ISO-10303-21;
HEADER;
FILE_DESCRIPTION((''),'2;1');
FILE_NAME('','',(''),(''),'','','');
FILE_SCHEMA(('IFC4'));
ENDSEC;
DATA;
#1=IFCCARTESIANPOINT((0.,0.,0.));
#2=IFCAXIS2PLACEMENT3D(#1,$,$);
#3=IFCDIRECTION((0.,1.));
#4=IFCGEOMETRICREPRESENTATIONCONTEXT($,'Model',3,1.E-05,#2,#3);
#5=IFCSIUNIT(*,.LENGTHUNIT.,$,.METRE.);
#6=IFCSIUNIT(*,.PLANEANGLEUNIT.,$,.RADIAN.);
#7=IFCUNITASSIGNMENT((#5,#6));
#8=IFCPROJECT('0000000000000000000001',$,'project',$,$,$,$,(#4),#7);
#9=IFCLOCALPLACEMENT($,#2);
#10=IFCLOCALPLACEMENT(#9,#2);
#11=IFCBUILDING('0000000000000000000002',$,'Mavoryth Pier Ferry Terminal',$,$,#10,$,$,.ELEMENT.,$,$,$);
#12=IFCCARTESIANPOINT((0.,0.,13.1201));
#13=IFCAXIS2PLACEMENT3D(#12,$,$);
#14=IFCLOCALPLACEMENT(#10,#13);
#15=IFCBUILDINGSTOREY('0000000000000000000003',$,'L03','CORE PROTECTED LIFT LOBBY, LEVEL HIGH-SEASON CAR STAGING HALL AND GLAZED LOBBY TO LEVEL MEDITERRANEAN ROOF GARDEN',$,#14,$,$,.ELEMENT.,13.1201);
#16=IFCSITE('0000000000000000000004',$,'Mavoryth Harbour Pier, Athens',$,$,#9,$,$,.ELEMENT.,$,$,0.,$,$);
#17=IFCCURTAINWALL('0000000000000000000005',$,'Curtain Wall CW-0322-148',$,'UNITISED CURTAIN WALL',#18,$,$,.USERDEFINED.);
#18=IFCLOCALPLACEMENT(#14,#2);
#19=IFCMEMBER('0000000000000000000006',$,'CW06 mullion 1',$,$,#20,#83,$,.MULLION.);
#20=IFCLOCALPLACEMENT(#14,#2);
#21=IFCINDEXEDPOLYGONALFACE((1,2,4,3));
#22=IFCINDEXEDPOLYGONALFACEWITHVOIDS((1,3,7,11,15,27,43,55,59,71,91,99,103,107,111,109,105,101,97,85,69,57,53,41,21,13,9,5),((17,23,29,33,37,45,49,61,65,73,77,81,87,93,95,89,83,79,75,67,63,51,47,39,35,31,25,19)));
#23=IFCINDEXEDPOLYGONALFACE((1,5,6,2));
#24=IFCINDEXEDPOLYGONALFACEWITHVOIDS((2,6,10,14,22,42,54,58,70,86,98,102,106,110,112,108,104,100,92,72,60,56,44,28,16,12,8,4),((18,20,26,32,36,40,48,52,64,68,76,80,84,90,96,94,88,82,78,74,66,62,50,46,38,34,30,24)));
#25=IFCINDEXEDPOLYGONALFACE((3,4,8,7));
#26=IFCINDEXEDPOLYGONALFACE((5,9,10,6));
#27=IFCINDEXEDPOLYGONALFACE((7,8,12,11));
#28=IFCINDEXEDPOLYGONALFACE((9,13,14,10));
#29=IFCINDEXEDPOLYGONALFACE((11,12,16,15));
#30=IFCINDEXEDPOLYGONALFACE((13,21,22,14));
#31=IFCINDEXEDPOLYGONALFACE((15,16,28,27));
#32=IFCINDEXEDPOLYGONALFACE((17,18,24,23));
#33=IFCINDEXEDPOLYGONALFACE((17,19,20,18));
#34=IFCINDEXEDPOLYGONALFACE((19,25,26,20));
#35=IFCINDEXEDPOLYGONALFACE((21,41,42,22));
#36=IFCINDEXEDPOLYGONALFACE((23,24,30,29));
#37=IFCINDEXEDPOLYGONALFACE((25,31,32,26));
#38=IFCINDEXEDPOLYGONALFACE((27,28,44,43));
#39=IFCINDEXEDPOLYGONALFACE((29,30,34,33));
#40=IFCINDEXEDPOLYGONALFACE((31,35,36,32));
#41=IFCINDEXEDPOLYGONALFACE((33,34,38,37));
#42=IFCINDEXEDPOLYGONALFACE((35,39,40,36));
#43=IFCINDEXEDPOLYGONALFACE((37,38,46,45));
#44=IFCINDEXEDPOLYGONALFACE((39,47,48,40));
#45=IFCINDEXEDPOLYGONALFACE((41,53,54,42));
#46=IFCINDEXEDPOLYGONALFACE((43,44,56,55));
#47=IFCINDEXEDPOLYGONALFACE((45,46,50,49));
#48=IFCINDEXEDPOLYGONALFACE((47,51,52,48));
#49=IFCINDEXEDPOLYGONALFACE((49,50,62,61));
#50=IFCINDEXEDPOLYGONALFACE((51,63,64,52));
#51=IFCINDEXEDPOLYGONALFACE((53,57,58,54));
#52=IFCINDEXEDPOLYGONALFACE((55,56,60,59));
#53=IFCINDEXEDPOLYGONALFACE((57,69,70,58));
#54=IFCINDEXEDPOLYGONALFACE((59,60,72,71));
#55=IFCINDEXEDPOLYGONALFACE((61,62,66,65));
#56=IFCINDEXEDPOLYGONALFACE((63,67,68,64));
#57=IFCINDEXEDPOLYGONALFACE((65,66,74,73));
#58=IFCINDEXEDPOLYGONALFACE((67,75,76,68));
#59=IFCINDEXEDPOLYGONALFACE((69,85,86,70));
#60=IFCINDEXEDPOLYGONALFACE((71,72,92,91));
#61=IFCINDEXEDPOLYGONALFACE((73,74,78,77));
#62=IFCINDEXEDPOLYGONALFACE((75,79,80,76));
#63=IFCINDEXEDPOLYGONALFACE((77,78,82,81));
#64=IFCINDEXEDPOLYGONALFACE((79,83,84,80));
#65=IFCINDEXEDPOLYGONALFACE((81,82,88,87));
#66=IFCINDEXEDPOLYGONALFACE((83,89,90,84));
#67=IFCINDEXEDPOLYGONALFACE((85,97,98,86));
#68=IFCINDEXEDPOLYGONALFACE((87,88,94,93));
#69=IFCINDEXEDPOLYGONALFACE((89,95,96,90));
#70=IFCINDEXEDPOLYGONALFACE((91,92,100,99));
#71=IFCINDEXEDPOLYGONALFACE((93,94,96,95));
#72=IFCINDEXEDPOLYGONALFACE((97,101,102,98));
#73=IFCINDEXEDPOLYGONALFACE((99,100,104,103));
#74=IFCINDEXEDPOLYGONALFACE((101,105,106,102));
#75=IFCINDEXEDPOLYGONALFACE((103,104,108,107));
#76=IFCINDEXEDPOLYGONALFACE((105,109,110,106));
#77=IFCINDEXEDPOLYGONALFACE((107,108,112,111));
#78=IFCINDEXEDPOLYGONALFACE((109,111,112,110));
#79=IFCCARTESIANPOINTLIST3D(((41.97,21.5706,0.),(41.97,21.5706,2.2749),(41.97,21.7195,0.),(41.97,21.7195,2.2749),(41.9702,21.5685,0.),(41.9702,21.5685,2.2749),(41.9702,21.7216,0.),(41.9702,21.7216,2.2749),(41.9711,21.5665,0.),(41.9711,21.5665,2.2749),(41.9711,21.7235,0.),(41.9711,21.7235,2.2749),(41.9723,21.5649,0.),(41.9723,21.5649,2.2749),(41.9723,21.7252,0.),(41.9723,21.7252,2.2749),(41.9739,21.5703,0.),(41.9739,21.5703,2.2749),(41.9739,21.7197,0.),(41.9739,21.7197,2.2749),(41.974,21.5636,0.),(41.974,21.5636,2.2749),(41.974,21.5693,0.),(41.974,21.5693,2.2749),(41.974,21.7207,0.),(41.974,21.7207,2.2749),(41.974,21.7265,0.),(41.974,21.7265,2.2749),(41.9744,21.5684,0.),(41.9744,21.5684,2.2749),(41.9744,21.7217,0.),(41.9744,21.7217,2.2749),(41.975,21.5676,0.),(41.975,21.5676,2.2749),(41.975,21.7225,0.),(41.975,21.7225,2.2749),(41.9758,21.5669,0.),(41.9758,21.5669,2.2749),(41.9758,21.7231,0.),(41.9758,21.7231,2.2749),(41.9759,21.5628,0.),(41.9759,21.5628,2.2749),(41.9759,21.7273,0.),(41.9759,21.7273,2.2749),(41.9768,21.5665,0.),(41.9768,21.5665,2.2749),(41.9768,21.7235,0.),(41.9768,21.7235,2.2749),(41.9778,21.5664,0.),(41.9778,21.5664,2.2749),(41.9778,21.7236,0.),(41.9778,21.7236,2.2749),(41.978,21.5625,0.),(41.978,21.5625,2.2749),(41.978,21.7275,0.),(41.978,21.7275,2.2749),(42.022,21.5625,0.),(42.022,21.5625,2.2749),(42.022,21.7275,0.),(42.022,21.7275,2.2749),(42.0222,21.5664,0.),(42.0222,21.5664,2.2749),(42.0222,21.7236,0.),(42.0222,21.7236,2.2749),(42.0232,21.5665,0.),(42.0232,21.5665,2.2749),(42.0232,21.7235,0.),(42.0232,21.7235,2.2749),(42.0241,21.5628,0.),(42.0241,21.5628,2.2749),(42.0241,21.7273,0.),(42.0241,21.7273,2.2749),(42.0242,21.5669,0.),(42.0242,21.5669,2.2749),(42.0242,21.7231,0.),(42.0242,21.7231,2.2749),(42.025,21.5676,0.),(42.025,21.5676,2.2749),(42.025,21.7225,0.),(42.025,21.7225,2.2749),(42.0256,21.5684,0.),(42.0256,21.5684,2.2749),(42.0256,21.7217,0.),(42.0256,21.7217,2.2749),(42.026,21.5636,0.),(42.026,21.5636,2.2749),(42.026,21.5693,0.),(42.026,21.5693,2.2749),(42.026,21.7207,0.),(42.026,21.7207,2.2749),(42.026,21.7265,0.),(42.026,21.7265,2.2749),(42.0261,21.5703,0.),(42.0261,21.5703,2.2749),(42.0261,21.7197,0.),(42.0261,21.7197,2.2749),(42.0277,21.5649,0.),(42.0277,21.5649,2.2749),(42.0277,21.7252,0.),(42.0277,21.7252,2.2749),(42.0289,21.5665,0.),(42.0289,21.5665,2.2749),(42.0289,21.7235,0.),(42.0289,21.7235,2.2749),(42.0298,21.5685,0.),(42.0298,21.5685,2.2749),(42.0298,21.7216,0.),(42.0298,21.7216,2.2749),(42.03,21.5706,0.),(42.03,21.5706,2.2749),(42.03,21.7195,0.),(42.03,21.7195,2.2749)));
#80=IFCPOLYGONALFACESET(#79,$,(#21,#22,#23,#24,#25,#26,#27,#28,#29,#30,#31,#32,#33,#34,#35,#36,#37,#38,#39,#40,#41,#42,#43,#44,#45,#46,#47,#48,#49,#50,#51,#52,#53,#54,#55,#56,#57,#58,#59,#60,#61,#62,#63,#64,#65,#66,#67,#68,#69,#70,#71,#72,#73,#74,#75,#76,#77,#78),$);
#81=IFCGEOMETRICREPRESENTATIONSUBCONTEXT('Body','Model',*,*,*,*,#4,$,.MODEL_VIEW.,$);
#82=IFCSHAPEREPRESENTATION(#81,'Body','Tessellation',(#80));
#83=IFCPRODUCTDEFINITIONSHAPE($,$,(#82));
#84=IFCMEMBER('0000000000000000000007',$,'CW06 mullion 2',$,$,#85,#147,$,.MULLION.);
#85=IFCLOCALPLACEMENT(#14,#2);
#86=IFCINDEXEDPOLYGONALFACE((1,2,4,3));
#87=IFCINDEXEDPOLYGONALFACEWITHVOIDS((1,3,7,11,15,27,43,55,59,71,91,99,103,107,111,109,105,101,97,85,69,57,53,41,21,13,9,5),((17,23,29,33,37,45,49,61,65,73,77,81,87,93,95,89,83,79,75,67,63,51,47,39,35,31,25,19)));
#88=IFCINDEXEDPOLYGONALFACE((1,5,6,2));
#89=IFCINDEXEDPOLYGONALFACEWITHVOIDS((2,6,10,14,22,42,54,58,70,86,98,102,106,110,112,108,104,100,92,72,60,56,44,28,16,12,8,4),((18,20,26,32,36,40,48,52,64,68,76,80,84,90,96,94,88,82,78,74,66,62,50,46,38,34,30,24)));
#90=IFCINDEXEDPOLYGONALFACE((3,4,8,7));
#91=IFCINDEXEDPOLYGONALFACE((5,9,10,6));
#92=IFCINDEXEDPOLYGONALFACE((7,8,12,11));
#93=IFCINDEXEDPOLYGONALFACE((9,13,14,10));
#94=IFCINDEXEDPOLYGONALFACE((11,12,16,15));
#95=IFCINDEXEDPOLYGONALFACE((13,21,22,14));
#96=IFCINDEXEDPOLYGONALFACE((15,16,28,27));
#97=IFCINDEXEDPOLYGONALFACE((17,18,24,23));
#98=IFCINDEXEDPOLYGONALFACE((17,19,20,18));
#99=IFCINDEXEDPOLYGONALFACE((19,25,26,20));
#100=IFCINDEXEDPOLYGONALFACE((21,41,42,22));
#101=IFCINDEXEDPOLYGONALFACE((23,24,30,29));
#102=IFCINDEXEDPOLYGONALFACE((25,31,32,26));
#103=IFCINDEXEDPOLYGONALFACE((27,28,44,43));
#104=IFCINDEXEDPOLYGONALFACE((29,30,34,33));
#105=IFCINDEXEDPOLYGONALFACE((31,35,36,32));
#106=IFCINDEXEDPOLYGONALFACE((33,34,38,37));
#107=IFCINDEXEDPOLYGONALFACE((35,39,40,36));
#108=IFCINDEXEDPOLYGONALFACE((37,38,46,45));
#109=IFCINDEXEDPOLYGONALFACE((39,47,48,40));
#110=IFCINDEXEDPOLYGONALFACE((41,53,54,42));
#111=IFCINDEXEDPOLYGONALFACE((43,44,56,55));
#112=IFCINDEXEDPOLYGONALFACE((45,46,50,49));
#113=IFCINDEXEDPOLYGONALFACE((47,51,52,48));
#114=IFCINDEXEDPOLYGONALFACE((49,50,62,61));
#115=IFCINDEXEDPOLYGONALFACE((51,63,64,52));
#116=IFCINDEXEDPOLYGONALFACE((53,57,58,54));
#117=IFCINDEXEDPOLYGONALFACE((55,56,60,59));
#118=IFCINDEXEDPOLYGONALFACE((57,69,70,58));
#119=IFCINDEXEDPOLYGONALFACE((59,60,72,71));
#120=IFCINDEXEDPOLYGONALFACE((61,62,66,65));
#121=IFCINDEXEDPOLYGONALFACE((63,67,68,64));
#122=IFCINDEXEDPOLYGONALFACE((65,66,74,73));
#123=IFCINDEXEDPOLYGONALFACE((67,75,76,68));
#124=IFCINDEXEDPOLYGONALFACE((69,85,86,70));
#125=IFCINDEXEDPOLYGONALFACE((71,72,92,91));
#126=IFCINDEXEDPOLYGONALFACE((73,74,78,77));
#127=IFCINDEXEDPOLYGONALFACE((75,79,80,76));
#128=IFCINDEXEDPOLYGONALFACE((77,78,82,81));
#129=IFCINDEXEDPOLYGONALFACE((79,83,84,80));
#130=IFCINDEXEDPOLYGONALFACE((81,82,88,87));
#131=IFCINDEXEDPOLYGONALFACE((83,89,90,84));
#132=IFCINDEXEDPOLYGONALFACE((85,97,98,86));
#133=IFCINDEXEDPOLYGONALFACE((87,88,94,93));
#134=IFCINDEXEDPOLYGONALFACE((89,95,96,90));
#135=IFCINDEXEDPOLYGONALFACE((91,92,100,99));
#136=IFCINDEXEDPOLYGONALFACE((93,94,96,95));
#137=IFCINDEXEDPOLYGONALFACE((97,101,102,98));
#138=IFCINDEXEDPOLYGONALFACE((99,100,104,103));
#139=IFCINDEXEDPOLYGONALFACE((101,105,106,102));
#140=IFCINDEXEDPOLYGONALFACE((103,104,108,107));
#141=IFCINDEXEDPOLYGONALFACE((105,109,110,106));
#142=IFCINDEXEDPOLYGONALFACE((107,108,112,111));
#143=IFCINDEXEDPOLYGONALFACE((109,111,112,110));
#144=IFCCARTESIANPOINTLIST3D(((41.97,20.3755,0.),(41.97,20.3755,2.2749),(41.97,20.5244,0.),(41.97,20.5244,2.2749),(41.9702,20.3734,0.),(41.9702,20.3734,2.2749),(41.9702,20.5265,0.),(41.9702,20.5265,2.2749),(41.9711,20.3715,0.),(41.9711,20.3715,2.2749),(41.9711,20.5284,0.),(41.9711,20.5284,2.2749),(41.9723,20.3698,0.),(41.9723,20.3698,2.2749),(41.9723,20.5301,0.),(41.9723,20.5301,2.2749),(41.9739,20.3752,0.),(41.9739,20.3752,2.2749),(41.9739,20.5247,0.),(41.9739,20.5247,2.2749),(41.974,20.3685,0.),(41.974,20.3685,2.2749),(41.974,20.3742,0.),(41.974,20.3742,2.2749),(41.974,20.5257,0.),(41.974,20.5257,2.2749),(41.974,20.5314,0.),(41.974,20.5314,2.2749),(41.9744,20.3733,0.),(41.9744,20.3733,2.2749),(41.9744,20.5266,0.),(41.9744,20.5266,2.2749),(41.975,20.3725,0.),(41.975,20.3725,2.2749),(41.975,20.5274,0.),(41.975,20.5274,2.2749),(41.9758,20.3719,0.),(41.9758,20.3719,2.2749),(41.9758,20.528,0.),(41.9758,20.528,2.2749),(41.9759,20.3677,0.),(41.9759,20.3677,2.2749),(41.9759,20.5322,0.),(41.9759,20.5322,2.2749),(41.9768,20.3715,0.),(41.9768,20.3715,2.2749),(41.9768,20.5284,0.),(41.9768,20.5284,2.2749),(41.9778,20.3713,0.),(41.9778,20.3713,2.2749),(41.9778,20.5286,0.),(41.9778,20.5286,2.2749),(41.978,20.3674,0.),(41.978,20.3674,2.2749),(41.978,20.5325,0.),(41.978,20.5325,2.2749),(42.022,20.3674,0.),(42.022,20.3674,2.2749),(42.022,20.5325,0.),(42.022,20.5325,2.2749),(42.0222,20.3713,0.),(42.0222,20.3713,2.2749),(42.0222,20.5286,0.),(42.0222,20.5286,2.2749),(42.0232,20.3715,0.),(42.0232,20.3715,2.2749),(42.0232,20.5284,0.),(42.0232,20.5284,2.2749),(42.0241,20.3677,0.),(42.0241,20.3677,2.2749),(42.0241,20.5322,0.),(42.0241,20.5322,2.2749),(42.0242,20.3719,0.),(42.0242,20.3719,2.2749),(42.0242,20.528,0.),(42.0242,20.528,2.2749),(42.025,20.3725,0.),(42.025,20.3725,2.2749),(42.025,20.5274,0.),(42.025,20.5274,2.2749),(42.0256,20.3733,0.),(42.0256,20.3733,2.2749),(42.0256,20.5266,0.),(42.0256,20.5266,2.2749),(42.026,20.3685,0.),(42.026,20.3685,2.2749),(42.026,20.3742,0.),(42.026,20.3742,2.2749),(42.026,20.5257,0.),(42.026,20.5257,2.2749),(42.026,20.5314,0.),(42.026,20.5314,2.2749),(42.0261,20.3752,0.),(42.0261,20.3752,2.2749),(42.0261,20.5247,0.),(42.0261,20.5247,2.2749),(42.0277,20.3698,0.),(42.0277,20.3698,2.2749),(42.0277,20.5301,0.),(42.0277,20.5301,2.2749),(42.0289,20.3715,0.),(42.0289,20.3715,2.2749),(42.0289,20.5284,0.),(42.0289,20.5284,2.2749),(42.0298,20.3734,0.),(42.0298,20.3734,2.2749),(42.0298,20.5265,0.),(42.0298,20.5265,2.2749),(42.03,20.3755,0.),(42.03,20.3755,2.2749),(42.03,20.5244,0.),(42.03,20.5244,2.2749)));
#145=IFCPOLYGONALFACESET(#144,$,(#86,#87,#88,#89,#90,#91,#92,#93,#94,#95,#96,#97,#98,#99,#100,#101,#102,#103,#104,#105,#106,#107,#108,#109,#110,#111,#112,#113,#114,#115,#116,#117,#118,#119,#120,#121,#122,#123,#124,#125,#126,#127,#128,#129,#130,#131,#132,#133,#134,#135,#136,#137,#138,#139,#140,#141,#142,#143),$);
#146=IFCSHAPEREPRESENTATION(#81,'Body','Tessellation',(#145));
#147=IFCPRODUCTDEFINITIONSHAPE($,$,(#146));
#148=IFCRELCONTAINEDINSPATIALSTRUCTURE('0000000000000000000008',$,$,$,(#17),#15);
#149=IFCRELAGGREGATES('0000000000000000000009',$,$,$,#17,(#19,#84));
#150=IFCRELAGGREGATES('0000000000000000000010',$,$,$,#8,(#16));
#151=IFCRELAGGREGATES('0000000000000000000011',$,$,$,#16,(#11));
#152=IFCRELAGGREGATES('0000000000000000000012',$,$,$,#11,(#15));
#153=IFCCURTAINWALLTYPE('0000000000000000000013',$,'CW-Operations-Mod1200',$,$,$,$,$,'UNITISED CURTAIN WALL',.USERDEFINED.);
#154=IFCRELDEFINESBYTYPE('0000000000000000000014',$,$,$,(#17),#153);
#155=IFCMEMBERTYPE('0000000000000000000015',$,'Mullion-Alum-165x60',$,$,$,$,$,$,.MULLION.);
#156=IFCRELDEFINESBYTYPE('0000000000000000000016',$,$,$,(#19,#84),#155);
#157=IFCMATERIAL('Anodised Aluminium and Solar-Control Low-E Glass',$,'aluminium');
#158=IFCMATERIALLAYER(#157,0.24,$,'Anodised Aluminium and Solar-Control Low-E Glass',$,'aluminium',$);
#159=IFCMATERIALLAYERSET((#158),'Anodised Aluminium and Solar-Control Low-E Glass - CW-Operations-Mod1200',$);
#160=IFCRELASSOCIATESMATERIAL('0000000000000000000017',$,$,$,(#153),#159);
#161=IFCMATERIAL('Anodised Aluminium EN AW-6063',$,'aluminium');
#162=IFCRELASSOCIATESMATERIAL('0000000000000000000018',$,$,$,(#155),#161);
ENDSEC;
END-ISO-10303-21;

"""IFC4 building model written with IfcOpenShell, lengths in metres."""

from ifc_helpers import new_model, si_unit, direction, frame, origin, origin_2d, place, context, subcontext, project, spatial, hollow_rectangle, extrude, material, layer, layer_set, material_profile, profile_set, type_object, element, aggregate, save


model = new_model("IFC4")

# Units and contexts
model_context = context("Model", 3, precision=1e-05, world=origin(), true_north=direction((0.0, 1.0)))
body_context = subcontext(model_context, "Body", "Model", "MODEL_VIEW")
ifc_project = project(units=[si_unit("LENGTHUNIT", "METRE"), si_unit("PLANEANGLEUNIT", "RADIAN")], contexts=[model_context])

# Site, building, storey
site_placement = place(None, origin())
site = spatial("IfcSite", under=ifc_project, at=site_placement, Name="Mavoryth Harbour Pier, Athens", CompositionType="ELEMENT", RefElevation=0.0)
building_placement = place(site_placement, origin())
building = spatial("IfcBuilding", under=site, at=building_placement, Name="Mavoryth Pier Ferry Terminal", CompositionType="ELEMENT")
storey_placement = place(building_placement, frame((0.0, 0.0, 13.1201)))
storey = spatial("IfcBuildingStorey", under=building, at=storey_placement, Name="L03", Description="CORE PROTECTED LIFT LOBBY, LEVEL HIGH-SEASON CAR STAGING HALL AND GLAZED LOBBY TO LEVEL MEDITERRANEAN ROOF GARDEN", CompositionType="ELEMENT", Elevation=13.1201)

# Curtain wall, members
ifc_material_1 = material(Name="Anodised Aluminium and Solar-Control Low-E Glass", Category="aluminium")
ifc_layer_1 = layer(ifc_material_1, 0.24, Name="Anodised Aluminium and Solar-Control Low-E Glass", Category="aluminium")
ifc_layer_set_1 = layer_set([ifc_layer_1], Name="Anodised Aluminium and Solar-Control Low-E Glass - CW-Operations-Mod1200")
curtain_wall_type = type_object("IfcCurtainWallType", Name="CW-Operations-Mod1200", ElementType="UNITISED CURTAIN WALL", PredefinedType="USERDEFINED", material=ifc_layer_set_1)
curtain_wall_placement = place(storey_placement, origin())
curtain_wall = element("IfcCurtainWall", 1, at=curtain_wall_placement, inside=storey, type_object=curtain_wall_type, Name="Curtain Wall CW-0322-148", ObjectType="UNITISED CURTAIN WALL", PredefinedType="USERDEFINED")
ifc_material_2 = material(Name="Anodised Aluminium EN AW-6063", Category="aluminium")
ifc_material_profile_1 = material_profile(ifc_material_2, hollow_rectangle(XDim=0.0601, YDim=0.165, WallThickness=0.0039, InnerFilletRadius=0.0039, OuterFilletRadius=0.0081, at=origin_2d()), Name="AL-MULL 165x60x4", Category="aluminium")
ifc_profile_set_1 = profile_set([ifc_material_profile_1], Name="Anodised Aluminium EN AW-6063 - AL-MULL 165x60x4")
member_type_1 = type_object("IfcMemberType", Name="Mullion-Alum-165x60", PredefinedType="MULLION", material=ifc_profile_set_1)
member_1_placement = place(storey_placement, frame((42.0, 21.645, 0.0), z_axis=(0.0, 0.0, 1.0), x_axis=(1.0, 0.0, 0.0)))
member_1 = element("IfcMember", 2, at=member_1_placement, type_object=member_type_1, Name="CW06 mullion 1", PredefinedType="MULLION", context=body_context, shape_type="SweptSolid", body=[
    extrude(hollow_rectangle(XDim=0.0601, YDim=0.165, WallThickness=0.0039, InnerFilletRadius=0.0039, OuterFilletRadius=0.0081, at=origin_2d()), origin(), (0.0, 0.0, 1.0), 2.2749),
])
member_2_placement = place(storey_placement, frame((42.0, 20.45, 0.0), z_axis=(0.0, 0.0, 1.0), x_axis=(1.0, 0.0, 0.0)))
member_2 = element("IfcMember", 3, at=member_2_placement, type_object=member_type_1, Name="CW06 mullion 2", PredefinedType="MULLION", context=body_context, shape_type="SweptSolid", body=[
    extrude(hollow_rectangle(XDim=0.0601, YDim=0.165, WallThickness=0.0039, InnerFilletRadius=0.0039, OuterFilletRadius=0.0081, at=origin_2d()), origin(), (0.0, 0.0, 1.0), 2.2749),
])
aggregate(curtain_wall, [member_1, member_2])

save(model, "model.ifc")
